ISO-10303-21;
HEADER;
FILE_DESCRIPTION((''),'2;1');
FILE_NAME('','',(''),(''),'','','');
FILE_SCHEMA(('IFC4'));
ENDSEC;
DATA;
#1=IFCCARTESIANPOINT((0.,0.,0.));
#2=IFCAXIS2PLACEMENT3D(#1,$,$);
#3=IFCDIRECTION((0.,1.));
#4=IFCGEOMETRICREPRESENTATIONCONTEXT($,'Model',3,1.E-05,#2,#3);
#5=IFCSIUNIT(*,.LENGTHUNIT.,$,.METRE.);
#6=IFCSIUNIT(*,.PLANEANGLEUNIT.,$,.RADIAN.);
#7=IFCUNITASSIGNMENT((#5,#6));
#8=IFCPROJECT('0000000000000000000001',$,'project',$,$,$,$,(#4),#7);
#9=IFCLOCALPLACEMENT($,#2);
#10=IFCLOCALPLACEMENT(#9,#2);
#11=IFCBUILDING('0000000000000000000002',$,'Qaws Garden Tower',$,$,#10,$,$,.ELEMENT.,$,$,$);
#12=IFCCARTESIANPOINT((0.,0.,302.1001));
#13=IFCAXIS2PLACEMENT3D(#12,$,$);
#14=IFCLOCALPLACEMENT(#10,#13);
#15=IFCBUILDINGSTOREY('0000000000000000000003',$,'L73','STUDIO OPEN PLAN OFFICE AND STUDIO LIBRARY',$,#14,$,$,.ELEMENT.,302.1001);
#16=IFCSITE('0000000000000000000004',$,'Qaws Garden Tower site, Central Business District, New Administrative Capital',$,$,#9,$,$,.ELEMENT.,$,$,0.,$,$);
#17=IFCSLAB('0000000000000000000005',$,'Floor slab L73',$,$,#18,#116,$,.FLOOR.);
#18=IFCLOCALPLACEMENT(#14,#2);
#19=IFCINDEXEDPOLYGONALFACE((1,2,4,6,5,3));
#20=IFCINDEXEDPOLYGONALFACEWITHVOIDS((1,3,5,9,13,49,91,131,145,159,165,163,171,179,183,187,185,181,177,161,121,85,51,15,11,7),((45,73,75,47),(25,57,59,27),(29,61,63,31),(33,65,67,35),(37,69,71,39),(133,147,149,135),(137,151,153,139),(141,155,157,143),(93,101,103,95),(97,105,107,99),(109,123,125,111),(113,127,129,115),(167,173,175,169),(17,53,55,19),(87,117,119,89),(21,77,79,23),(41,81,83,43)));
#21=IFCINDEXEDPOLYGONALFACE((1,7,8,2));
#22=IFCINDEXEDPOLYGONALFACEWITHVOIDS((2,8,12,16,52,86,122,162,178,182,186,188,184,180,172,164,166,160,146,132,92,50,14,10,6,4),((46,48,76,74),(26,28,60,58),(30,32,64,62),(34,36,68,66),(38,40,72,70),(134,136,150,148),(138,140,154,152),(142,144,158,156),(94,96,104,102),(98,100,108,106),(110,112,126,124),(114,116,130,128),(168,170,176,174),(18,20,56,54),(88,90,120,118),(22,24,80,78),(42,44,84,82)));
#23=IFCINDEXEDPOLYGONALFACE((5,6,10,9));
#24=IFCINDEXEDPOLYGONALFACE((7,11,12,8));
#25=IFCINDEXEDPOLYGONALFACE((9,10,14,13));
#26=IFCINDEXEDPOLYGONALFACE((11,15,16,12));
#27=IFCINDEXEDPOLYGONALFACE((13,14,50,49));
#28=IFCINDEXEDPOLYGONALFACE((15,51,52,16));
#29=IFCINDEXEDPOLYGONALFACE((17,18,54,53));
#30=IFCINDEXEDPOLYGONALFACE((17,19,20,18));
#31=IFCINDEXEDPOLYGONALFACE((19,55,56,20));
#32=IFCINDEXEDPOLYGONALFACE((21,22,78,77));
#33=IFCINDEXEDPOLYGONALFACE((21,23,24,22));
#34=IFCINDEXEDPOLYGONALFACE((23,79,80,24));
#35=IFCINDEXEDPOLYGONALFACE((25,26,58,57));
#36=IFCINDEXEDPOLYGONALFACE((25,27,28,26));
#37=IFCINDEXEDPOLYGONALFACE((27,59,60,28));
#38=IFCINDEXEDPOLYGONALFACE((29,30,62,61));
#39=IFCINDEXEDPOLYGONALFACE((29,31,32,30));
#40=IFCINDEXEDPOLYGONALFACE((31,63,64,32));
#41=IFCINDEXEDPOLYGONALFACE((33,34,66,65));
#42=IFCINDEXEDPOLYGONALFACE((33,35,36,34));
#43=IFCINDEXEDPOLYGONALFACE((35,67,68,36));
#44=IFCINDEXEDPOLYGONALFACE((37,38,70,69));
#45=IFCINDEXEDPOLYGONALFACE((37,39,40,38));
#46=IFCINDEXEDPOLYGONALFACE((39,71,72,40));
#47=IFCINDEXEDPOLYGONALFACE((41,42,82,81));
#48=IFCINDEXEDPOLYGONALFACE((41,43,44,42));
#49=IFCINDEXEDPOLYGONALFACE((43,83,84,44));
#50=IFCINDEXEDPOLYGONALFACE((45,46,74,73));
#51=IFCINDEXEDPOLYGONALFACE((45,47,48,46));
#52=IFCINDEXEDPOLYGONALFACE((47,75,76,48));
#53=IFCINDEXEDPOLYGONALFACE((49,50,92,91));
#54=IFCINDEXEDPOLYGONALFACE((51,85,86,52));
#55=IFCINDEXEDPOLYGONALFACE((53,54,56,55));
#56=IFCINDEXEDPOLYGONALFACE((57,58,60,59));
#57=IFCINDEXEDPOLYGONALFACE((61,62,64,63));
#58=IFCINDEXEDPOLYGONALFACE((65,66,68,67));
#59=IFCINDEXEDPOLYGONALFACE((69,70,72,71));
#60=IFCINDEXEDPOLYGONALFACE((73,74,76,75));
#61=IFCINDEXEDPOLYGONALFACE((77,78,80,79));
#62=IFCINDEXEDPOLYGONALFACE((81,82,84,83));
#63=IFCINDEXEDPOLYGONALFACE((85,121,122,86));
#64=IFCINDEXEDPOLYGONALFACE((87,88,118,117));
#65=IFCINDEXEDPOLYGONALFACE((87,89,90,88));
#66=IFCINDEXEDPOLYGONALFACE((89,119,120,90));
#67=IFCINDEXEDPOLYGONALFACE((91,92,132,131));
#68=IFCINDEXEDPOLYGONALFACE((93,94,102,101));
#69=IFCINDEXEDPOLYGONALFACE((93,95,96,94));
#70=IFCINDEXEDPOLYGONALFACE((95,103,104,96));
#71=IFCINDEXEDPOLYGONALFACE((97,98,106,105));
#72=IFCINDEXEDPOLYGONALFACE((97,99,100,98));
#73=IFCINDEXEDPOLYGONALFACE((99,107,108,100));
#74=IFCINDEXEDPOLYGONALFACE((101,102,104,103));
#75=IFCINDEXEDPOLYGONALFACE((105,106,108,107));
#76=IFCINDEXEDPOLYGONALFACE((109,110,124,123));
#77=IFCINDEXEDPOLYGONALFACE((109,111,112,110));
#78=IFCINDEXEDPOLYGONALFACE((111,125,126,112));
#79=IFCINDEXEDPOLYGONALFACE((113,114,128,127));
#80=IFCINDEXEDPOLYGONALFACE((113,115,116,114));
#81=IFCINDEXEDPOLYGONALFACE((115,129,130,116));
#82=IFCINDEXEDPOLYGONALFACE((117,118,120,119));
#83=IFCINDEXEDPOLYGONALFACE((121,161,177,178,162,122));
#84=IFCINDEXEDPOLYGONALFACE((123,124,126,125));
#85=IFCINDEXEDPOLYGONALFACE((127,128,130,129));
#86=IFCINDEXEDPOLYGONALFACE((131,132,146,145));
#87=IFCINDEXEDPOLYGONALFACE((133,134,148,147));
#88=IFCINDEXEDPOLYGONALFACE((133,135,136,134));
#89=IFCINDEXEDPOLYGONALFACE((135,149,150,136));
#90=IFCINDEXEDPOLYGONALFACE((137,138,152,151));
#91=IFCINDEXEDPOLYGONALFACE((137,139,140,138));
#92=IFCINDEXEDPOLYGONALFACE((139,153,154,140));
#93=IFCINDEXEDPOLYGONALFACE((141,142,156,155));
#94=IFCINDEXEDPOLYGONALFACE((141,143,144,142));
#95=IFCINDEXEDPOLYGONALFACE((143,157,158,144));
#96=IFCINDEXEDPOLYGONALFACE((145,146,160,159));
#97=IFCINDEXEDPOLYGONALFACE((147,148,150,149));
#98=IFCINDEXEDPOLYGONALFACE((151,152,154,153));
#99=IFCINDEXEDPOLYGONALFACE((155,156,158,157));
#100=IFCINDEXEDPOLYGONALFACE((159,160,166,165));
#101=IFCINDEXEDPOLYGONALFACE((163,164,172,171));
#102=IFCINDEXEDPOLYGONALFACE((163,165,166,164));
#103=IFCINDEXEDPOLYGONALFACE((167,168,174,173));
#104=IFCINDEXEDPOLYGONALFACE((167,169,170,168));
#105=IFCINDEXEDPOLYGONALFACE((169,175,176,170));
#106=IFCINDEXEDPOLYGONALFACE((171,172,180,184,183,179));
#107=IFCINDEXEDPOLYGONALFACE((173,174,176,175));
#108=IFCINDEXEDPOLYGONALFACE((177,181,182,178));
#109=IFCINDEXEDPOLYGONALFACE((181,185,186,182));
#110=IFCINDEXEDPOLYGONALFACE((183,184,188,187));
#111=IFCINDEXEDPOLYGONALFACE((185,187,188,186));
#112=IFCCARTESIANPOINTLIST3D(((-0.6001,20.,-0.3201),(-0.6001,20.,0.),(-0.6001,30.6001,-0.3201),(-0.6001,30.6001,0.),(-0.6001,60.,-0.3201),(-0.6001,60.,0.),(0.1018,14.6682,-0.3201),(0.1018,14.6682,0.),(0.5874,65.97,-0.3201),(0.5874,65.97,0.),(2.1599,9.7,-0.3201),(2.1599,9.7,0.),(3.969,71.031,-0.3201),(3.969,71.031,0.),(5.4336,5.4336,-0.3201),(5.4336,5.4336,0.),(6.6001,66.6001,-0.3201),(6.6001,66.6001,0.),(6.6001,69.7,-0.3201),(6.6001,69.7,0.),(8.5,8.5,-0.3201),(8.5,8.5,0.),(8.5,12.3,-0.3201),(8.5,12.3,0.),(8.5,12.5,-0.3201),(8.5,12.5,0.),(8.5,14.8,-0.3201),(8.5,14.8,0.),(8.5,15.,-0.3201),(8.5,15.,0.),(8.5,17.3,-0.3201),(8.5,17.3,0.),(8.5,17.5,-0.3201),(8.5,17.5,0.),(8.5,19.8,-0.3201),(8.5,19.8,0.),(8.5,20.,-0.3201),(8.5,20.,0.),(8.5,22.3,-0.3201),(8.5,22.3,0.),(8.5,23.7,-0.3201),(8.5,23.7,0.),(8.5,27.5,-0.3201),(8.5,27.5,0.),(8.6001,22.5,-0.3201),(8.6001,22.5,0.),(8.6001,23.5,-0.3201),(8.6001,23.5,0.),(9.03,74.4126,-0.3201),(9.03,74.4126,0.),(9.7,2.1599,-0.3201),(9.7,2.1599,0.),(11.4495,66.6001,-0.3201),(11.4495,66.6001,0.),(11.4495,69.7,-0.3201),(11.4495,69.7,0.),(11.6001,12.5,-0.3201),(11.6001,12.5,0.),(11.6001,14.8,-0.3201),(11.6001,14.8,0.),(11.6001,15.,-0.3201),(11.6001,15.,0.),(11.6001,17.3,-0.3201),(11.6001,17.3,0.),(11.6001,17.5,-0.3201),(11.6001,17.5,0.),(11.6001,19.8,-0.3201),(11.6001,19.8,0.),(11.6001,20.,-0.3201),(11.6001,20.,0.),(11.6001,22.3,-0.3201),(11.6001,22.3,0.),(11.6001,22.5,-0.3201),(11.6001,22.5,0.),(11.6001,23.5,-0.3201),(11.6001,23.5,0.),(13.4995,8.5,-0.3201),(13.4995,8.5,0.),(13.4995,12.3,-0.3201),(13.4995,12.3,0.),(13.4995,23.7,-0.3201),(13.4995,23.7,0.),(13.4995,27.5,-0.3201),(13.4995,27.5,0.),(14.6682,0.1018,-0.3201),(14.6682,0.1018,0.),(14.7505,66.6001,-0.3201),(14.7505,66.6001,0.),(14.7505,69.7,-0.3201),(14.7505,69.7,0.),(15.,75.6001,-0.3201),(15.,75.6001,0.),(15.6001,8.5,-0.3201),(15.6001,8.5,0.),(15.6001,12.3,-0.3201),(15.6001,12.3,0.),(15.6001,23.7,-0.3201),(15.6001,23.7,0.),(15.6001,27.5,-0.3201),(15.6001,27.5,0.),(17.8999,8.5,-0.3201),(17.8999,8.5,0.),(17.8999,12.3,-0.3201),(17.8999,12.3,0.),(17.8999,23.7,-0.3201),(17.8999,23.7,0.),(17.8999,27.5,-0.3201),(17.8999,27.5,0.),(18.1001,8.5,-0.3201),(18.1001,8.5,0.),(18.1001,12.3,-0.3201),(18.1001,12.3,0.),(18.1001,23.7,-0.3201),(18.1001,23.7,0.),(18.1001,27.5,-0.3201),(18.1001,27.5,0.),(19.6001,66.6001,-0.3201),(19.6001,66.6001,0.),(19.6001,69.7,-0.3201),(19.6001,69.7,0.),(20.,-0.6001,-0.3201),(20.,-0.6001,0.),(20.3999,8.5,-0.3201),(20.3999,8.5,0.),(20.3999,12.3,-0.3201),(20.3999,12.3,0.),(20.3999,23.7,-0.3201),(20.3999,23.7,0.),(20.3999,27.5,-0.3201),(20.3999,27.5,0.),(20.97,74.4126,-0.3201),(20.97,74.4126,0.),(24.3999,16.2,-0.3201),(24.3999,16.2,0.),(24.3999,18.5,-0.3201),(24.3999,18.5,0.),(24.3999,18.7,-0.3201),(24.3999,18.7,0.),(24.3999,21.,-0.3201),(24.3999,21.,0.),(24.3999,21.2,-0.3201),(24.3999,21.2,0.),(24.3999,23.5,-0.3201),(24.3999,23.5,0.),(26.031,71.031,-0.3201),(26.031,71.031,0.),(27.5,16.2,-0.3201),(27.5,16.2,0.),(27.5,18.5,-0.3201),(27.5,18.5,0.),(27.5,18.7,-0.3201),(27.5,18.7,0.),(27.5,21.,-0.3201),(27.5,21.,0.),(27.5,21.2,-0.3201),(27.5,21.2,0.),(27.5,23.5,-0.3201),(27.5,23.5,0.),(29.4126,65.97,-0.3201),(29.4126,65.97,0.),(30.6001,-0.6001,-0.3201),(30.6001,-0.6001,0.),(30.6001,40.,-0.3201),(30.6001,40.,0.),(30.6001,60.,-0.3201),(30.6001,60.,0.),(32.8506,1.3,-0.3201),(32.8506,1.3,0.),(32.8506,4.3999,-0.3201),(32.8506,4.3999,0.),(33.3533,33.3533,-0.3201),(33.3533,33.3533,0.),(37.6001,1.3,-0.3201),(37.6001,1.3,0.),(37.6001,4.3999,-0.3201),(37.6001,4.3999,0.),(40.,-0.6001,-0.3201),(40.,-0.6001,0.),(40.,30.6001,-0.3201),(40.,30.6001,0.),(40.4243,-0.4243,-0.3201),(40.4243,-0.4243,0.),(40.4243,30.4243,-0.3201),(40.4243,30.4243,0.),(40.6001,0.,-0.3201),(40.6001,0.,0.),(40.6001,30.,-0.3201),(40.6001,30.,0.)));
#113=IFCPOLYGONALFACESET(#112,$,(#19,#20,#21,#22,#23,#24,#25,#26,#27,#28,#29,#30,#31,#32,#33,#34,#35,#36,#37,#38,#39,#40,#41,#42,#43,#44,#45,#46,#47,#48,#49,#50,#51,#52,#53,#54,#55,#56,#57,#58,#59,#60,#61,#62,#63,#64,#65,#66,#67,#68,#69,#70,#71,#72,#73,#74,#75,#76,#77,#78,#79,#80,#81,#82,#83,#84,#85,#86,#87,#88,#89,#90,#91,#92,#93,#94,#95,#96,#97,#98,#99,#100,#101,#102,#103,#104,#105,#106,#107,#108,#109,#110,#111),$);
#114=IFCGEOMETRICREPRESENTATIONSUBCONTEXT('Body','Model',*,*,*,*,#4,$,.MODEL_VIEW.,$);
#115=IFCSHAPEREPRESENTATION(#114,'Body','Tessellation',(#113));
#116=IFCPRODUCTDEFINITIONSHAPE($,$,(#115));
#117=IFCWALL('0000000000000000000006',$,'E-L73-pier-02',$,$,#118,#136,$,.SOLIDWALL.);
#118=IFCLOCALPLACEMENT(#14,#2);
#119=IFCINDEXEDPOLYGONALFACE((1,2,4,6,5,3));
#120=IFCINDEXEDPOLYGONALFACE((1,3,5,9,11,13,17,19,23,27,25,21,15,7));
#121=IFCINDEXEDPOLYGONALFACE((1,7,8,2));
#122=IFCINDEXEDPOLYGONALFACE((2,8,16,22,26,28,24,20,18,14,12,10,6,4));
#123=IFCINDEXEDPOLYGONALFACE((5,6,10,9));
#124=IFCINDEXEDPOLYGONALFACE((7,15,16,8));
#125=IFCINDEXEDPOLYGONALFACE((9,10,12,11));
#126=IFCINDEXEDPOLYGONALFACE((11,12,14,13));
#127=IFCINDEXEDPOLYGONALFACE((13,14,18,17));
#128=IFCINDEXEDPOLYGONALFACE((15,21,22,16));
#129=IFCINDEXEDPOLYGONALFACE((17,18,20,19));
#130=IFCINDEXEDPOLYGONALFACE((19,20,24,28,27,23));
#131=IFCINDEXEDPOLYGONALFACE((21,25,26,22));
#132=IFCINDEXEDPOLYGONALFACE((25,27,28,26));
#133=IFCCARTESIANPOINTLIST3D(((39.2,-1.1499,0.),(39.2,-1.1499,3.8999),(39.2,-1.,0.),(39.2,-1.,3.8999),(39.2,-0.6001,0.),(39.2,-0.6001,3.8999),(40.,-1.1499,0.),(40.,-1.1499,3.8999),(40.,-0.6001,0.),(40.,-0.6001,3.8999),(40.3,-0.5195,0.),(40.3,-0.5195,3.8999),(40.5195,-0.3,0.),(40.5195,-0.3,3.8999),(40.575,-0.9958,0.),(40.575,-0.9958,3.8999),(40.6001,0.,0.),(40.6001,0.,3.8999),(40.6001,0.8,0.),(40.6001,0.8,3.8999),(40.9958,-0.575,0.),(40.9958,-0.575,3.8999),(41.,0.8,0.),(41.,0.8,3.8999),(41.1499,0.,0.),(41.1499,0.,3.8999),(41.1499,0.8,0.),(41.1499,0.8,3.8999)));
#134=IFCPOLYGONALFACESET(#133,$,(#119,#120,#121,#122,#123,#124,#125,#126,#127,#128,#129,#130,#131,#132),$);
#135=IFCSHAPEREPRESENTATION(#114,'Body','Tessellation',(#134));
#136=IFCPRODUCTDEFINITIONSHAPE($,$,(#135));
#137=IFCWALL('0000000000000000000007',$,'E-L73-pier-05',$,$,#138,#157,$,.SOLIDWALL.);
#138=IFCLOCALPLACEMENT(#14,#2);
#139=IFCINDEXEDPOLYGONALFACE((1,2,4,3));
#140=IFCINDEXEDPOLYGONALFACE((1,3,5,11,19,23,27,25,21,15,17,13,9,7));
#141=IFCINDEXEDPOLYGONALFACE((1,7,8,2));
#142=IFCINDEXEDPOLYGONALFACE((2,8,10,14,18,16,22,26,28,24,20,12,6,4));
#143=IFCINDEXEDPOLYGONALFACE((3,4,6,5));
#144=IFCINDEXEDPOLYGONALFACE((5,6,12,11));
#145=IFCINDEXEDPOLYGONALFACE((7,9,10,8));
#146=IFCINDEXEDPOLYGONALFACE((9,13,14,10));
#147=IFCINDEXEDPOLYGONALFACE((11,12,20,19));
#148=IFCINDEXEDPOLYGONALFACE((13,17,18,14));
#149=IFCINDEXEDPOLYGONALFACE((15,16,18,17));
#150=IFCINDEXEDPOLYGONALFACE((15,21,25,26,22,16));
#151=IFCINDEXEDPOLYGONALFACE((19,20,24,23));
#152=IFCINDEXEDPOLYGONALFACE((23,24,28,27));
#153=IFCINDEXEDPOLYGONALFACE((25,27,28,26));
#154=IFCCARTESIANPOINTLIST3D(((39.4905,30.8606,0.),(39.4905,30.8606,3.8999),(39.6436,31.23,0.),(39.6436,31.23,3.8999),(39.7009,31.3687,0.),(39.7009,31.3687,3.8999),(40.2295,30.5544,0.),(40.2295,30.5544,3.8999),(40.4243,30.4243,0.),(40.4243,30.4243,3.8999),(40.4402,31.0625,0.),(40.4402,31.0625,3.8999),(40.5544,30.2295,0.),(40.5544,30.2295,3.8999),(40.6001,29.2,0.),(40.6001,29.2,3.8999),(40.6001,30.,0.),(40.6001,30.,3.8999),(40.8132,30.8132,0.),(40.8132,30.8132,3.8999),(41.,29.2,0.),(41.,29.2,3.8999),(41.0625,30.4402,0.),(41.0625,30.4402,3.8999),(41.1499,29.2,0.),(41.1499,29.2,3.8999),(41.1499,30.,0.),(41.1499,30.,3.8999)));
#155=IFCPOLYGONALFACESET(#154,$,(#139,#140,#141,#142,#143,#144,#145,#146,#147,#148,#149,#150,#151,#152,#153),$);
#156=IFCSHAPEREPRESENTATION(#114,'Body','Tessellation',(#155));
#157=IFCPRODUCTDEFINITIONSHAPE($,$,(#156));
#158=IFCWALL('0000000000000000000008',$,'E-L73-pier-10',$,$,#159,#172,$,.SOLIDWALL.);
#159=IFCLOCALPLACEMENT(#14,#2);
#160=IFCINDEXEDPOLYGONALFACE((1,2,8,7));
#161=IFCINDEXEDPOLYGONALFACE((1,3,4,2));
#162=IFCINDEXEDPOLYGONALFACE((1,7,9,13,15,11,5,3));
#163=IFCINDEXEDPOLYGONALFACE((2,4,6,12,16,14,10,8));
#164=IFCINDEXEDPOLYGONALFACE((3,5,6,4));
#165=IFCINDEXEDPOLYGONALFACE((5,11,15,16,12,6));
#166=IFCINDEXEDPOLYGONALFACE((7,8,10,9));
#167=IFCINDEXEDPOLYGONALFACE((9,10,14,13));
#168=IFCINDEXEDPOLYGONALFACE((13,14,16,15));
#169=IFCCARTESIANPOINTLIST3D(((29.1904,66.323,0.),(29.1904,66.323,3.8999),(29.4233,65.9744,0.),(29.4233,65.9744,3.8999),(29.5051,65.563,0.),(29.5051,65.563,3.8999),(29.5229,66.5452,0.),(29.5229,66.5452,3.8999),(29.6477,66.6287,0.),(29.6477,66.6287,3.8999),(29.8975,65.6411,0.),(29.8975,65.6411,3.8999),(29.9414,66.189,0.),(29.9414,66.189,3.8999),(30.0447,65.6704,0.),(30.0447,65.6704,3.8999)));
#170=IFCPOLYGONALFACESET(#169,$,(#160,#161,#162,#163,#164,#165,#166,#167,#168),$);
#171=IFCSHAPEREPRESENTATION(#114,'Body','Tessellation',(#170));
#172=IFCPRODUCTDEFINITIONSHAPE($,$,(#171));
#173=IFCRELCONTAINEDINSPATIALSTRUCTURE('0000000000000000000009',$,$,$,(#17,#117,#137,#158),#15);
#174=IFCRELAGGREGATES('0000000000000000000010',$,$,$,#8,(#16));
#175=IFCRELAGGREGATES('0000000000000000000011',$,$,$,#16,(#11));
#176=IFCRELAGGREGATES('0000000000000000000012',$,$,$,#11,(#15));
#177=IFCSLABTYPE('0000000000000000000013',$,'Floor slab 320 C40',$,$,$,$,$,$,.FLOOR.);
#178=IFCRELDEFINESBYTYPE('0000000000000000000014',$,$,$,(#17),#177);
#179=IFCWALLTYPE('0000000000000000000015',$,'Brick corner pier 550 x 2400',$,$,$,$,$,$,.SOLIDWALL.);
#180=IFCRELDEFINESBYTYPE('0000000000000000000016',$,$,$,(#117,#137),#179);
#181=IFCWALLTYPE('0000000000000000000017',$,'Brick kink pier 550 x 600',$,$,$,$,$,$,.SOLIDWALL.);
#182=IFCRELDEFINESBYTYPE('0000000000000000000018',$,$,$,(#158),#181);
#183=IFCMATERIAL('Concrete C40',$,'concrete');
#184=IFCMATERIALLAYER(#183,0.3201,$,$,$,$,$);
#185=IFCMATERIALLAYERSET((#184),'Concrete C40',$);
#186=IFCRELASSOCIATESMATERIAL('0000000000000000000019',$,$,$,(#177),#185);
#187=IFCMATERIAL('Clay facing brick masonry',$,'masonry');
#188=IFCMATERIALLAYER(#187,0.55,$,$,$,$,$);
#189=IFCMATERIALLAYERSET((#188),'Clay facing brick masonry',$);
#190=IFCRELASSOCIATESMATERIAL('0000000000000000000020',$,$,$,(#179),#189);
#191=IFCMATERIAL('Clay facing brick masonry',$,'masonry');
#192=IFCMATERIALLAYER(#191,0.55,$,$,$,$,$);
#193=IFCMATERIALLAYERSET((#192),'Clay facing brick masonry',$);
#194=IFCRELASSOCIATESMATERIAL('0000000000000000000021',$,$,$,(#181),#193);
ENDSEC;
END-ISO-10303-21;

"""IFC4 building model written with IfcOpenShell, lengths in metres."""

from ifc_helpers import new_model, si_unit, direction, frame, origin, place, context, subcontext, project, spatial, polyline, outline, extrude, material, layer, layer_set, type_object, element, save


model = new_model("IFC4")

# Units and contexts
model_context = context("Model", 3, precision=1e-05, world=origin(), true_north=direction((0.0, 1.0)))
body_context = subcontext(model_context, "Body", "Model", "MODEL_VIEW")
ifc_project = project(units=[si_unit("LENGTHUNIT", "METRE"), si_unit("PLANEANGLEUNIT", "RADIAN")], contexts=[model_context])

# Site, building, storey
site_placement = place(None, origin())
site = spatial("IfcSite", under=ifc_project, at=site_placement, Name="Qaws Garden Tower site, Central Business District, New Administrative Capital", CompositionType="ELEMENT", RefElevation=0.0)
building_placement = place(site_placement, origin())
building = spatial("IfcBuilding", under=site, at=building_placement, Name="Qaws Garden Tower", CompositionType="ELEMENT")
storey_placement = place(building_placement, frame((0.0, 0.0, 302.1001)))
storey = spatial("IfcBuildingStorey", under=building, at=storey_placement, Name="L73", Description="STUDIO OPEN PLAN OFFICE AND STUDIO LIBRARY", CompositionType="ELEMENT", Elevation=302.1001)

# Slab
ifc_material_1 = material(Name="Concrete C40", Category="concrete")
ifc_layer_1 = layer(ifc_material_1, 0.3201)
ifc_layer_set_1 = layer_set([ifc_layer_1], Name="Concrete C40")
slab_type = type_object("IfcSlabType", Name="Floor slab 320 C40", PredefinedType="FLOOR", material=ifc_layer_set_1)
slab_placement = place(storey_placement, frame((0.0, 0.0, -0.3201)))
element("IfcSlab", 1, at=slab_placement, inside=storey, type_object=slab_type, Name="Floor slab L73", PredefinedType="FLOOR", context=body_context, shape_type="SweptSolid", body=[
    extrude(outline(polyline([(0.1018, 14.6682), (-0.6001, 20.0), (-0.6001, 30.6001), (-0.6001, 60.0), (-0.6001, 60.0), (0.5874, 65.97), (3.969, 71.031), (9.03, 74.4126), (15.0, 75.6001), (20.97, 74.4126), (26.031, 71.031), (29.4126, 65.97), (30.6001, 60.0), (30.6001, 40.0), (33.3533, 33.3533), (40.0, 30.6001), (40.4243, 30.4243), (40.6001, 30.0), (40.6001, 0.0), (40.4243, -0.4243), (40.0, -0.6001), (30.6001, -0.6001), (20.0, -0.6001), (14.6682, 0.1018), (9.7, 2.1599), (5.4336, 5.4336), (2.1599, 9.7), (0.1018, 14.6682)]), holes=[polyline([(13.4995, 12.3), (8.5, 12.3), (8.5, 8.5), (13.4995, 8.5), (13.4995, 12.3)]), polyline([(17.8999, 12.3), (15.6001, 12.3), (15.6001, 8.5), (17.8999, 8.5), (17.8999, 12.3)]), polyline([(11.6001, 14.8), (8.5, 14.8), (8.5, 12.5), (11.6001, 12.5), (11.6001, 14.8)]), polyline([(11.6001, 17.3), (8.5, 17.3), (8.5, 15.0), (11.6001, 15.0), (11.6001, 17.3)]), polyline([(11.6001, 19.8), (8.5, 19.8), (8.5, 17.5), (11.6001, 17.5), (11.6001, 19.8)]), polyline([(11.6001, 22.3), (8.5, 22.3), (8.5, 20.0), (11.6001, 20.0), (11.6001, 22.3)]), polyline([(11.6001, 23.5), (8.6001, 23.5), (8.6001, 22.5), (11.6001, 22.5), (11.6001, 23.5)]), polyline([(13.4995, 27.5), (8.5, 27.5), (8.5, 23.7), (13.4995, 23.7), (13.4995, 27.5)]), polyline([(11.4495, 69.7), (6.6001, 69.7), (6.6001, 66.6001), (11.4495, 66.6001), (11.4495, 69.7)]), polyline([(37.6001, 4.3999), (32.8506, 4.3999), (32.8506, 1.3), (37.6001, 1.3), (37.6001, 4.3999)]), polyline([(20.3999, 12.3), (18.1001, 12.3), (18.1001, 8.5), (20.3999, 8.5), (20.3999, 12.3)]), polyline([(27.5, 18.5), (24.3999, 18.5), (24.3999, 16.2), (27.5, 16.2), (27.5, 18.5)]), polyline([(27.5, 21.0), (24.3999, 21.0), (24.3999, 18.7), (27.5, 18.7), (27.5, 21.0)]), polyline([(27.5, 23.5), (24.3999, 23.5), (24.3999, 21.2), (27.5, 21.2), (27.5, 23.5)]), polyline([(17.8999, 27.5), (15.6001, 27.5), (15.6001, 23.7), (17.8999, 23.7), (17.8999, 27.5)]), polyline([(20.3999, 23.7), (20.3999, 27.5), (18.1001, 27.5), (18.1001, 23.7), (20.3999, 23.7)]), polyline([(19.6001, 66.6001), (19.6001, 69.7), (14.7505, 69.7), (14.7505, 66.6001), (19.6001, 66.6001)])]), origin(), (0.0, 0.0, 1.0), 0.3201),
])

# Walls
ifc_material_2 = material(Name="Clay facing brick masonry", Category="masonry")
ifc_layer_2 = layer(ifc_material_2, 0.55)
ifc_layer_set_2 = layer_set([ifc_layer_2], Name="Clay facing brick masonry")
wall_type_1 = type_object("IfcWallType", Name="Brick corner pier 550 x 2400", PredefinedType="SOLIDWALL", material=ifc_layer_set_2)
placement = place(storey_placement, origin())
element("IfcWall", 2, at=placement, inside=storey, type_object=wall_type_1, Name="E-L73-pier-02", PredefinedType="SOLIDWALL", context=body_context, shape_type="SweptSolid", body=[
    extrude(outline(polyline([(39.2, -1.0), (39.2, -1.1499), (40.0, -1.1499), (40.575, -0.9958), (40.9958, -0.575), (41.1499, 0.0), (41.1499, 0.8), (41.0, 0.8), (40.6001, 0.8), (40.6001, 0.0), (40.5195, -0.3), (40.3, -0.5195), (40.0, -0.6001), (39.2, -0.6001), (39.2, -1.0)])), origin(), (0.0, 0.0, 1.0), 3.8999),
])
element("IfcWall", 3, at=placement, inside=storey, type_object=wall_type_1, Name="E-L73-pier-05", PredefinedType="SOLIDWALL", context=body_context, shape_type="SweptSolid", body=[
    extrude(outline(polyline([(41.0, 29.2), (41.1499, 29.2), (41.1499, 30.0), (41.0625, 30.4402), (40.8132, 30.8132), (40.4402, 31.0625), (39.7009, 31.3687), (39.6436, 31.23), (39.4905, 30.8606), (40.2295, 30.5544), (40.4243, 30.4243), (40.5544, 30.2295), (40.6001, 30.0), (40.6001, 29.2), (41.0, 29.2)])), origin(), (0.0, 0.0, 1.0), 3.8999),
])
ifc_material_3 = material(Name="Clay facing brick masonry", Category="masonry")
ifc_layer_3 = layer(ifc_material_3, 0.55)
ifc_layer_set_3 = layer_set([ifc_layer_3], Name="Clay facing brick masonry")
wall_type_2 = type_object("IfcWallType", Name="Brick kink pier 550 x 600", PredefinedType="SOLIDWALL", material=ifc_layer_set_3)
element("IfcWall", 4, at=placement, inside=storey, type_object=wall_type_2, Name="E-L73-pier-10", PredefinedType="SOLIDWALL", context=body_context, shape_type="SweptSolid", body=[
    extrude(outline(polyline([(29.8975, 65.6411), (30.0447, 65.6704), (29.9414, 66.189), (29.6477, 66.6287), (29.5229, 66.5452), (29.1904, 66.323), (29.4233, 65.9744), (29.5051, 65.563), (29.8975, 65.6411)])), origin(), (0.0, 0.0, 1.0), 3.8999),
])

save(model, "model.ifc")
